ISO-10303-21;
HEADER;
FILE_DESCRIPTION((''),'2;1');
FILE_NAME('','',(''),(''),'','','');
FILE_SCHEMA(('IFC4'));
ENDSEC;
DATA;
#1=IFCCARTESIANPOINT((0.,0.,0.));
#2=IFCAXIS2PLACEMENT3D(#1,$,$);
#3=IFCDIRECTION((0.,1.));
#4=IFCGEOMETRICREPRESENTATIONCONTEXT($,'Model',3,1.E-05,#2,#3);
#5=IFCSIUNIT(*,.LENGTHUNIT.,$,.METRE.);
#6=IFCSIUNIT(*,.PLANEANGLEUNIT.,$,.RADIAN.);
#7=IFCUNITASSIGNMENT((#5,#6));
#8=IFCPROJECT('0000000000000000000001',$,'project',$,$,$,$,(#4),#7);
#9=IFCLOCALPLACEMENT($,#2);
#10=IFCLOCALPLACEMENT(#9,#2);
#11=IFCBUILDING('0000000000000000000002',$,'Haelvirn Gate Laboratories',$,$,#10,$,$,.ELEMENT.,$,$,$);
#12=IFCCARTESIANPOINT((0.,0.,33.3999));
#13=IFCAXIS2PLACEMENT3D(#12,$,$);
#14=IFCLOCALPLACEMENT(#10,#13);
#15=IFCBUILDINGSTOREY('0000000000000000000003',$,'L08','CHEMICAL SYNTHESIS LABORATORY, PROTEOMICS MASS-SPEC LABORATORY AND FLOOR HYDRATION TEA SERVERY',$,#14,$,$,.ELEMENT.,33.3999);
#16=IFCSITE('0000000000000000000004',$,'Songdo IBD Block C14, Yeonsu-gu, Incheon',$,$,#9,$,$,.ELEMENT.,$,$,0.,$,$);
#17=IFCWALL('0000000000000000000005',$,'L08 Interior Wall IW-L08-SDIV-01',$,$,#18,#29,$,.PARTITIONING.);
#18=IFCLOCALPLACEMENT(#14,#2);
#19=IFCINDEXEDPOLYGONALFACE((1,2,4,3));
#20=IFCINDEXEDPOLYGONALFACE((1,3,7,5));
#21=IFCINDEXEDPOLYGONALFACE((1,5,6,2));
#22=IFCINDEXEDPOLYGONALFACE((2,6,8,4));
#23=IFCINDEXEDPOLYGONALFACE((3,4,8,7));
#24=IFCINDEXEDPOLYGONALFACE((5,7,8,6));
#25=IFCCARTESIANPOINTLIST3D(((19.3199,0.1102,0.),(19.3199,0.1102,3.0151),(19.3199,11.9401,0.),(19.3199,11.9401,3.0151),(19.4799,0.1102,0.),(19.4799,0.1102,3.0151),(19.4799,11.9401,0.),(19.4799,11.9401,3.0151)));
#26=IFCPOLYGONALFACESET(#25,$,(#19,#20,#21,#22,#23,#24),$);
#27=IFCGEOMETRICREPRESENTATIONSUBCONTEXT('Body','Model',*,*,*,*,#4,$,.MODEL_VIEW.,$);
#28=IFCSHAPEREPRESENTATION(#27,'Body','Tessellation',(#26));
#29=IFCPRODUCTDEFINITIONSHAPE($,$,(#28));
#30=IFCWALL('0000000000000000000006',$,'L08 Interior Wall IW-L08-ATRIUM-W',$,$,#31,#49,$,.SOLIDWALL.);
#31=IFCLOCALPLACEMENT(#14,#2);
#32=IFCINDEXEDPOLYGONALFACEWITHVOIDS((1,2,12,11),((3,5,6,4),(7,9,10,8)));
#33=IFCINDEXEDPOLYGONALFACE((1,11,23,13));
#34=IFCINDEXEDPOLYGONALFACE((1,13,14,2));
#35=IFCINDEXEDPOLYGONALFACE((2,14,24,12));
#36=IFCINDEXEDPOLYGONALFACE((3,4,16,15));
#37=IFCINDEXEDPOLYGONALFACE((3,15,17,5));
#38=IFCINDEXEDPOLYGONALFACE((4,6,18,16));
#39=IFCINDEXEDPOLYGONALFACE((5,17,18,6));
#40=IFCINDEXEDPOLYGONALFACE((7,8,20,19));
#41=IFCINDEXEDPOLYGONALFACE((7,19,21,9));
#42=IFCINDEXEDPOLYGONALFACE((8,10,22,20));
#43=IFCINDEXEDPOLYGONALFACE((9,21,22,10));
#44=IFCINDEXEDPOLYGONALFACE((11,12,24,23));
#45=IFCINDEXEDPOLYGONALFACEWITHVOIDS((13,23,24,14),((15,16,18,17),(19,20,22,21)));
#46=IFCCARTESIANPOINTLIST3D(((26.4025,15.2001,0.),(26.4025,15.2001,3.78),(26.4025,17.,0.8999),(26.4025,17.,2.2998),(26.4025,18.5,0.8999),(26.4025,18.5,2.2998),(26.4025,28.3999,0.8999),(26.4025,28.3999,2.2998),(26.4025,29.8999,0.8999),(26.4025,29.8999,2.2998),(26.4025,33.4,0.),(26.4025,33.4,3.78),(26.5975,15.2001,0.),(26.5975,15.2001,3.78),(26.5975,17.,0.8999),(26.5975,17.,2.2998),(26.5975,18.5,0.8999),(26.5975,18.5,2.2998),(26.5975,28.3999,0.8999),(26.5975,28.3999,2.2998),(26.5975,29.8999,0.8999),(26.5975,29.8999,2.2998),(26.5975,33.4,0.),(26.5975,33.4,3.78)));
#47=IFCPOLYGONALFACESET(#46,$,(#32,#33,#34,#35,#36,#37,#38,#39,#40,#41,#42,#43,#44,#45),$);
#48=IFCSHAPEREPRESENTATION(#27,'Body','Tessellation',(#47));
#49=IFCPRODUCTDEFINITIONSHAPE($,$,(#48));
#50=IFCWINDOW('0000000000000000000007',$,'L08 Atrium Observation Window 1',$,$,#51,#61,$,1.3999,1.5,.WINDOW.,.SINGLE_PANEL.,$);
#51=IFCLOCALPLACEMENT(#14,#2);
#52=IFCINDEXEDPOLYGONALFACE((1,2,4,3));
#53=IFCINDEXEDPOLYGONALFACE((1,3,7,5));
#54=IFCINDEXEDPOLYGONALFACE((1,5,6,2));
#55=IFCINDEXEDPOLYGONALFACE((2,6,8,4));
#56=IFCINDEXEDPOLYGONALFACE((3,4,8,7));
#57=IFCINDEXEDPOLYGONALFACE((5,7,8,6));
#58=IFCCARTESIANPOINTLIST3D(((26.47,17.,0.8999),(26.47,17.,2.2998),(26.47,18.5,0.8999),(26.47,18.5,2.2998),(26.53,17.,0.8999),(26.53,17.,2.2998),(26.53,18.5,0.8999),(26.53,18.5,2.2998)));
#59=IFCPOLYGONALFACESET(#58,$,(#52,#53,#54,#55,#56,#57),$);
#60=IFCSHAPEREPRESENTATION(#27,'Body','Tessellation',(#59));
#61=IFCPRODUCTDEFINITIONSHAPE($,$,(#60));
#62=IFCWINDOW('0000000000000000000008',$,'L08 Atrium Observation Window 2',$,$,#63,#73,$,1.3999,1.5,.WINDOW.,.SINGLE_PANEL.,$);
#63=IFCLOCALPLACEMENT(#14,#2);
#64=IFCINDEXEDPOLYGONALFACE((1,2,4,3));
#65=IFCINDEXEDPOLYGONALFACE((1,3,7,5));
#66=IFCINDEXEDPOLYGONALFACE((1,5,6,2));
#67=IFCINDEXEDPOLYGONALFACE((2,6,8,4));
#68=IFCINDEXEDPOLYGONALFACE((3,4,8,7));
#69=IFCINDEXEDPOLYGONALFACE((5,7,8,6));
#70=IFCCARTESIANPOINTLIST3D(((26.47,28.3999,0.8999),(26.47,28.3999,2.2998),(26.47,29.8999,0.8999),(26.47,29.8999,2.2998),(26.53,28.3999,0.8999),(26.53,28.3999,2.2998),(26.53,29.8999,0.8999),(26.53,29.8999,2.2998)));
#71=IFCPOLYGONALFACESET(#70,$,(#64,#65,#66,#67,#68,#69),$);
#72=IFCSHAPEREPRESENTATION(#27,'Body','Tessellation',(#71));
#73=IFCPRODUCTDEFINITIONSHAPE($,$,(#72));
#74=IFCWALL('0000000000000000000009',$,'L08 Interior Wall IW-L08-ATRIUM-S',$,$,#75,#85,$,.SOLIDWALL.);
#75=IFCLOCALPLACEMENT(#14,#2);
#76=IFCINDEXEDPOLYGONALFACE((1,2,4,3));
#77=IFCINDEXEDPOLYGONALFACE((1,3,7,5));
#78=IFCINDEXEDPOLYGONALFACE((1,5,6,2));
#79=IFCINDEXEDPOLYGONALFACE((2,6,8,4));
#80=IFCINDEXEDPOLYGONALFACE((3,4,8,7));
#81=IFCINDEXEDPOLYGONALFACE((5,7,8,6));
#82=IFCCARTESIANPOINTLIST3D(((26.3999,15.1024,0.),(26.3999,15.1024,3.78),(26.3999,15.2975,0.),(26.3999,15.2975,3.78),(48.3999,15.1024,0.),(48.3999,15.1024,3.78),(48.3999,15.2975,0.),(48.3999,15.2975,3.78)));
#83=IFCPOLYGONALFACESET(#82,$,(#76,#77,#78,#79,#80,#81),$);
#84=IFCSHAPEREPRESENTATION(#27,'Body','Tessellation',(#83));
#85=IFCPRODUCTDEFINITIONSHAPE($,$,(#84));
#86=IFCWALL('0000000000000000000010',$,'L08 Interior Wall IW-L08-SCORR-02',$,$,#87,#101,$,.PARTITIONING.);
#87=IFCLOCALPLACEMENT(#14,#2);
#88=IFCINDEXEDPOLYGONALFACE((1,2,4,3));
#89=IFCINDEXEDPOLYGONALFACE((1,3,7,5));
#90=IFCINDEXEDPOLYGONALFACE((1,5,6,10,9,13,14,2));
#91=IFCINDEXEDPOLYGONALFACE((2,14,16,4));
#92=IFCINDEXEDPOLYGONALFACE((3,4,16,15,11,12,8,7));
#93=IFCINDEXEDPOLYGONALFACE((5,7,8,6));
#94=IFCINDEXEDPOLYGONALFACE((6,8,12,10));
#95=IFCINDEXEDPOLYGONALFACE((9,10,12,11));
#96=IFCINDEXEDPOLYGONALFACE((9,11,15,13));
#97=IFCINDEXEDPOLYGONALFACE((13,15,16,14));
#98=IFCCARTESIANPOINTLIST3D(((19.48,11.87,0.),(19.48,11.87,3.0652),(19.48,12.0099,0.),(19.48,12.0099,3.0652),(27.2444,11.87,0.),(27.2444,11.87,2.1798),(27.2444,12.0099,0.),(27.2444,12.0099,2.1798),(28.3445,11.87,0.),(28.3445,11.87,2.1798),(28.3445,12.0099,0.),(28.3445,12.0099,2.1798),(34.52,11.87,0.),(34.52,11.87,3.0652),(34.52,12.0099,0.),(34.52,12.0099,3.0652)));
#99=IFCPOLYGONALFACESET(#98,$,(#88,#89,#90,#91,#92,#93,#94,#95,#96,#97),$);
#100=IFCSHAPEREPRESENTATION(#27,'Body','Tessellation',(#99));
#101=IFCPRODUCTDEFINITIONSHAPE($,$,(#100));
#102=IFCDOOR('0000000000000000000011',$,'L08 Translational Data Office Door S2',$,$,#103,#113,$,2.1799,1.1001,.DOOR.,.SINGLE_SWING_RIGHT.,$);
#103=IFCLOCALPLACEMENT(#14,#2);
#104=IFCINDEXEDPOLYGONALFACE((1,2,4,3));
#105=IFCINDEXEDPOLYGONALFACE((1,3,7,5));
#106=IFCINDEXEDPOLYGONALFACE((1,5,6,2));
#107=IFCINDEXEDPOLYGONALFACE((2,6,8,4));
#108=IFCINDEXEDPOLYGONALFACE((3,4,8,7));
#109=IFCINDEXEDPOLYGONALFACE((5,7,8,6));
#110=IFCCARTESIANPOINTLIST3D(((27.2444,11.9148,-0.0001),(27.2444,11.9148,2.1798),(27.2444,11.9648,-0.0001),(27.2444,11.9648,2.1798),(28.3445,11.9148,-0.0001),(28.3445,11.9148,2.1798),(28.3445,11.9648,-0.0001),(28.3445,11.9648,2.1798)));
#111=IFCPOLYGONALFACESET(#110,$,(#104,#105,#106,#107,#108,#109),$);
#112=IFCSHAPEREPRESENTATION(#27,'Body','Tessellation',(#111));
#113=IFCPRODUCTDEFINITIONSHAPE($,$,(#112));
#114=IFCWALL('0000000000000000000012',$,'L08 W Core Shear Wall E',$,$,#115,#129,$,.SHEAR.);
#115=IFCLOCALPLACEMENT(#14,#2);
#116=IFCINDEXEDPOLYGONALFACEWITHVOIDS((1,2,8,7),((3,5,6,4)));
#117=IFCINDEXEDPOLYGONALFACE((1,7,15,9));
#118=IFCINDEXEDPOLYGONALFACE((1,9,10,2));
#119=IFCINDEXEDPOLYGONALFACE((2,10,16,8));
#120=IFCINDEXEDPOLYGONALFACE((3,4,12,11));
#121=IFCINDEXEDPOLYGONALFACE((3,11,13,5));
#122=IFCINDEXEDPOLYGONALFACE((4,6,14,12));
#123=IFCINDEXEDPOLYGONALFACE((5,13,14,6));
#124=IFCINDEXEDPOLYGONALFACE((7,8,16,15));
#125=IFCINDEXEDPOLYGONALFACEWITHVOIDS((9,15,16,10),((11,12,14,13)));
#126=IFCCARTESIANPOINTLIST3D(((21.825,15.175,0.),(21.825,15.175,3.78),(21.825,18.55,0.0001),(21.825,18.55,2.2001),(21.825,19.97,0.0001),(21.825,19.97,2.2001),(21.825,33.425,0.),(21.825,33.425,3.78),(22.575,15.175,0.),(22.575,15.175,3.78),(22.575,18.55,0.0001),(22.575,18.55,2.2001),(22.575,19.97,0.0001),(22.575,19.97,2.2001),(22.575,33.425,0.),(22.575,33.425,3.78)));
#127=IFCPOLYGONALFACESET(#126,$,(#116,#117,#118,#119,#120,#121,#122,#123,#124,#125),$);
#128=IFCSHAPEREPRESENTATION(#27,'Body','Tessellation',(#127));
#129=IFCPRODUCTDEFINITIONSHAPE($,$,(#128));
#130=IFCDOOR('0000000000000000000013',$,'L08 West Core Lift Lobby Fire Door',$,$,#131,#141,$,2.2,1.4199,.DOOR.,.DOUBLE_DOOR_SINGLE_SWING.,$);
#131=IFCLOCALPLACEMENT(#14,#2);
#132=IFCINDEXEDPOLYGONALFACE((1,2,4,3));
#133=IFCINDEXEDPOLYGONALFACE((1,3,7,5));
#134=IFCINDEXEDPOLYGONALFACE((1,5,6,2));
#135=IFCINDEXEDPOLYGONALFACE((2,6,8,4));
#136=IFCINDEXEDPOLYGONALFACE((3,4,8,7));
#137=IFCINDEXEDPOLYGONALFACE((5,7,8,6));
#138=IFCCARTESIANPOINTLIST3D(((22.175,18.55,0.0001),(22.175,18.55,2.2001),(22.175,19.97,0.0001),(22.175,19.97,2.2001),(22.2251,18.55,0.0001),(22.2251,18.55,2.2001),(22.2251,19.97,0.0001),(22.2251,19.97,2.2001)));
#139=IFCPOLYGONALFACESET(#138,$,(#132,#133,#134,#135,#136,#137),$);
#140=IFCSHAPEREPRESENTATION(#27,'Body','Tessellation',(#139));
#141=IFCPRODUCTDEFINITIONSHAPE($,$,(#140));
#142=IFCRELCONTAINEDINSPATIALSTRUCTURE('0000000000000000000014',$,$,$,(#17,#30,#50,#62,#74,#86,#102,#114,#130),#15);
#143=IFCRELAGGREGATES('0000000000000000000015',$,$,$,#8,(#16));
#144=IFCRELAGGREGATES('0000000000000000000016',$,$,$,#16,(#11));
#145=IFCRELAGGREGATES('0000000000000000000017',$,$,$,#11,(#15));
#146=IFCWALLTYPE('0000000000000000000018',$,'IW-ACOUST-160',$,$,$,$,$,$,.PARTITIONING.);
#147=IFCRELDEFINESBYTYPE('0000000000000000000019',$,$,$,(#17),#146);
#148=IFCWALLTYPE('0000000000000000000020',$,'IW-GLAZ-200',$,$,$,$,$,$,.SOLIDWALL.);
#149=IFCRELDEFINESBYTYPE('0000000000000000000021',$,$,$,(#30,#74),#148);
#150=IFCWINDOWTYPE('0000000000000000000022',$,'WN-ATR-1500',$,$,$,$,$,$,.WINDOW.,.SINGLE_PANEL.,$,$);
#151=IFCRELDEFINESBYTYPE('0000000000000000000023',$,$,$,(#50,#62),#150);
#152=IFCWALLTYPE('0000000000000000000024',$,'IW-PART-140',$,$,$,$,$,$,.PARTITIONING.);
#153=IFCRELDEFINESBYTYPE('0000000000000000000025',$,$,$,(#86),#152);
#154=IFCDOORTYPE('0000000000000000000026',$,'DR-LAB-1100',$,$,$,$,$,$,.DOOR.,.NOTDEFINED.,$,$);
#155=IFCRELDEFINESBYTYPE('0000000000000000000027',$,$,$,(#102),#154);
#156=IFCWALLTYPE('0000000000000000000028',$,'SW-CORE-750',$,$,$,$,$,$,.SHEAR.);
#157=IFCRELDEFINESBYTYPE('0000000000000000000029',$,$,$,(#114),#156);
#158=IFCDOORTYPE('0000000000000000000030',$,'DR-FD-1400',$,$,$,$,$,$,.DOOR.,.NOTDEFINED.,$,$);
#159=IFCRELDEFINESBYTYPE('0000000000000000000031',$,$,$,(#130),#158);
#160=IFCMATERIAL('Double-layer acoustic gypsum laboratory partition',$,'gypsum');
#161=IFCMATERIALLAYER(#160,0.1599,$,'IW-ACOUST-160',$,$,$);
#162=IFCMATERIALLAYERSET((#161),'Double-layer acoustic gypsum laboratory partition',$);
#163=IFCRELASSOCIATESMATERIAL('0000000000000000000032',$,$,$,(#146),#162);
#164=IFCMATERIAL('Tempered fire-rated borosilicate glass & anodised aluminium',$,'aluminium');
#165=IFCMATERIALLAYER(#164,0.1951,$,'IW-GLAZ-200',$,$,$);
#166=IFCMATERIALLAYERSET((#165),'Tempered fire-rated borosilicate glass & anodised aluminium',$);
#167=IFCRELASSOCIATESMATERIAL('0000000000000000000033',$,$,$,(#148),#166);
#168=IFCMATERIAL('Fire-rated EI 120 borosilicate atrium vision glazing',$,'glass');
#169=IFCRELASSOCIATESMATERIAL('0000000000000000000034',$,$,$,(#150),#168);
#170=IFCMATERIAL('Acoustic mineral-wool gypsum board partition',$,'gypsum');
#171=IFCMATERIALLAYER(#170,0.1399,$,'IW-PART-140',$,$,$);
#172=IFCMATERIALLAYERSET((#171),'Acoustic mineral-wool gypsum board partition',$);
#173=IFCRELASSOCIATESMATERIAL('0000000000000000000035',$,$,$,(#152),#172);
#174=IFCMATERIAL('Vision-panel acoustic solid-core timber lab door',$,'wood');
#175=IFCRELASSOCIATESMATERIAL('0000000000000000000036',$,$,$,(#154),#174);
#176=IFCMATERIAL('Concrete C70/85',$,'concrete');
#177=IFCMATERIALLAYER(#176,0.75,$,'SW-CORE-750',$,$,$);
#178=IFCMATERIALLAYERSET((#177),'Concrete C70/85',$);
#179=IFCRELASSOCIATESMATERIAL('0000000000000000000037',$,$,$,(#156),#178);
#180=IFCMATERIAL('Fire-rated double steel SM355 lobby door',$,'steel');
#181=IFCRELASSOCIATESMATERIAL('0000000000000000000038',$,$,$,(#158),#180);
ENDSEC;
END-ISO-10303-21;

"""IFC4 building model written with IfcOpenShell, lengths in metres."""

from ifc_helpers import new_model, si_unit, direction, frame, frame_2d, origin, place, context, subcontext, project, spatial, rectangle, extrude, source, transform, mapped, material, layer, layer_set, type_object, type_shapes, element, fill, save


model = new_model("IFC4")

# Units and contexts
model_context = context("Model", 3, precision=1e-05, world=origin(), true_north=direction((0.0, 1.0)))
body_context = subcontext(model_context, "Body", "Model", "MODEL_VIEW")
ifc_project = project(units=[si_unit("LENGTHUNIT", "METRE"), si_unit("PLANEANGLEUNIT", "RADIAN")], contexts=[model_context])

# Site, building, storey
site_placement = place(None, origin())
site = spatial("IfcSite", under=ifc_project, at=site_placement, Name="Songdo IBD Block C14, Yeonsu-gu, Incheon", CompositionType="ELEMENT", RefElevation=0.0)
building_placement = place(site_placement, origin())
building = spatial("IfcBuilding", under=site, at=building_placement, Name="Haelvirn Gate Laboratories", CompositionType="ELEMENT")
storey_placement = place(building_placement, frame((0.0, 0.0, 33.3999)))
storey = spatial("IfcBuildingStorey", under=building, at=storey_placement, Name="L08", Description="CHEMICAL SYNTHESIS LABORATORY, PROTEOMICS MASS-SPEC LABORATORY AND FLOOR HYDRATION TEA SERVERY", CompositionType="ELEMENT", Elevation=33.3999)

# Shared definitions
ifc_material_1 = material(Name="Concrete C70/85", Category="concrete")

# Wall
ifc_material_2 = material(Name="Double-layer acoustic gypsum laboratory partition", Category="gypsum")
ifc_layer_1 = layer(ifc_material_2, 0.1599, Name="IW-ACOUST-160")
ifc_layer_set_1 = layer_set([ifc_layer_1], Name="Double-layer acoustic gypsum laboratory partition")
wall_type_1 = type_object("IfcWallType", Name="IW-ACOUST-160", PredefinedType="PARTITIONING", material=ifc_layer_set_1)
wall_1_placement = place(storey_placement, frame((19.3999, 0.1101, 0.0), z_axis=(0.0, 0.0, 1.0), x_axis=(0.0, 1.0, 0.0)))
element("IfcWall", 1, at=wall_1_placement, inside=storey, type_object=wall_type_1, Name="L08 Interior Wall IW-L08-SDIV-01", PredefinedType="PARTITIONING", context=body_context, shape_type="SweptSolid", body=[
    extrude(rectangle(XDim=11.8298, YDim=0.1599, at=frame_2d((5.915, 0.0))), origin(), (0.0, 0.0, 1.0), 3.0151),
])

# Wall, openings, windows
ifc_material_3 = material(Name="Tempered fire-rated borosilicate glass & anodised aluminium", Category="aluminium")
ifc_layer_2 = layer(ifc_material_3, 0.1951, Name="IW-GLAZ-200")
ifc_layer_set_2 = layer_set([ifc_layer_2], Name="Tempered fire-rated borosilicate glass & anodised aluminium")
wall_type_2 = type_object("IfcWallType", Name="IW-GLAZ-200", PredefinedType="SOLIDWALL", material=ifc_layer_set_2)
wall_2_placement = place(storey_placement, frame((26.5, 15.2, 0.0), z_axis=(0.0, 0.0, 1.0), x_axis=(0.0, 1.0, 0.0)))
wall_2 = element("IfcWall", 2, at=wall_2_placement, inside=storey, type_object=wall_type_2, Name="L08 Interior Wall IW-L08-ATRIUM-W", PredefinedType="SOLIDWALL", context=body_context, shape_type="SweptSolid", body=[
    extrude(rectangle(XDim=18.2, YDim=0.1951, at=frame_2d((9.1001, 0.0))), origin(), (0.0, 0.0, 1.0), 3.78),
])
opening_1_placement = place(wall_2_placement, frame((1.8, 0.0, 0.8999)))
opening_1 = element("IfcOpeningElement", 3, at=opening_1_placement, cuts=wall_2, PredefinedType="OPENING", context=body_context, shape_type="SweptSolid", body=[
    extrude(rectangle(XDim=1.5, YDim=1.3999, at=frame_2d((0.75, 0.7))), frame((0.0, 0.1074, 0.0), z_axis=(0.0, -1.0, 0.0), x_axis=(1.0, 0.0, 0.0)), (0.0, 0.0, 1.0), 0.2151),
])
opening_2_placement = place(wall_2_placement, frame((13.2, 0.0, 0.8999)))
opening_2 = element("IfcOpeningElement", 4, at=opening_2_placement, cuts=wall_2, PredefinedType="OPENING", context=body_context, shape_type="SweptSolid", body=[
    extrude(rectangle(XDim=1.5, YDim=1.3999, at=frame_2d((0.75, 0.7))), frame((0.0, 0.1074, 0.0), z_axis=(0.0, -1.0, 0.0), x_axis=(1.0, 0.0, 0.0)), (0.0, 0.0, 1.0), 0.2151),
])
ifc_material_4 = material(Name="Fire-rated EI 120 borosilicate atrium vision glazing", Category="glass")
window_type = type_object("IfcWindowType", Name="WN-ATR-1500", PartitioningType="SINGLE_PANEL", PredefinedType="WINDOW", material=ifc_material_4)
shared_shape_1 = source(origin(), body_context, "Body", "SweptSolid", [
    extrude(rectangle(XDim=1.5, YDim=1.3999, at=frame_2d((0.75, 0.7))), frame((0.0, 0.03, 0.0), z_axis=(0.0, -1.0, 0.0), x_axis=(1.0, 0.0, 0.0)), (0.0, 0.0, 1.0), 0.0601),
])
type_shapes(window_type, [shared_shape_1])
window_1_placement = place(opening_1_placement, origin())
window_1 = element("IfcWindow", 5, at=window_1_placement, inside=storey, type_object=window_type, Name="L08 Atrium Observation Window 1", OverallHeight=1.3999, OverallWidth=1.5, PartitioningType="SINGLE_PANEL", PredefinedType="WINDOW", context=body_context, shape_type="MappedRepresentation", body=[
    mapped(shared_shape_1, transform((0.0, 0.0, 0.0), scale=1.0)),
])
fill(opening_1, window_1)
window_2_placement = place(opening_2_placement, origin())
window_2 = element("IfcWindow", 6, at=window_2_placement, inside=storey, type_object=window_type, Name="L08 Atrium Observation Window 2", OverallHeight=1.3999, OverallWidth=1.5, PartitioningType="SINGLE_PANEL", PredefinedType="WINDOW", context=body_context, shape_type="MappedRepresentation", body=[
    mapped(shared_shape_1, transform((0.0, 0.0, 0.0), scale=1.0)),
])
fill(opening_2, window_2)

# Wall
wall_3_placement = place(storey_placement, frame((26.3999, 15.2, 0.0), z_axis=(0.0, 0.0, 1.0), x_axis=(1.0, 0.0, 0.0)))
element("IfcWall", 7, at=wall_3_placement, inside=storey, type_object=wall_type_2, Name="L08 Interior Wall IW-L08-ATRIUM-S", PredefinedType="SOLIDWALL", context=body_context, shape_type="SweptSolid", body=[
    extrude(rectangle(XDim=22.0, YDim=0.1951, at=frame_2d((11.0, 0.0))), origin(), (0.0, 0.0, 1.0), 3.78),
])

# Walls, openings, doors
ifc_material_5 = material(Name="Acoustic mineral-wool gypsum board partition", Category="gypsum")
ifc_layer_3 = layer(ifc_material_5, 0.1399, Name="IW-PART-140")
ifc_layer_set_3 = layer_set([ifc_layer_3], Name="Acoustic mineral-wool gypsum board partition")
wall_type_3 = type_object("IfcWallType", Name="IW-PART-140", PredefinedType="PARTITIONING", material=ifc_layer_set_3)
wall_4_placement = place(storey_placement, frame((19.48, 11.9399, 0.0), z_axis=(0.0, 0.0, 1.0), x_axis=(1.0, 0.0, 0.0)))
wall_4 = element("IfcWall", 8, at=wall_4_placement, inside=storey, type_object=wall_type_3, Name="L08 Interior Wall IW-L08-SCORR-02", PredefinedType="PARTITIONING", context=body_context, shape_type="SweptSolid", body=[
    extrude(rectangle(XDim=15.04, YDim=0.1399, at=frame_2d((7.52, 0.0))), origin(), (0.0, 0.0, 1.0), 3.0652),
])
opening_3_placement = place(wall_4_placement, frame((7.7644, 0.0, 0.0)))
opening_3 = element("IfcOpeningElement", 9, at=opening_3_placement, cuts=wall_4, PredefinedType="OPENING", context=body_context, shape_type="SweptSolid", body=[
    extrude(rectangle(XDim=1.1001, YDim=2.1799, at=frame_2d((0.55, 1.0898))), frame((0.0, 0.0801, 0.0), z_axis=(0.0, -1.0, 0.0), x_axis=(1.0, 0.0, 0.0)), (0.0, 0.0, 1.0), 0.1599),
])
ifc_material_6 = material(Name="Vision-panel acoustic solid-core timber lab door", Category="wood")
door_type_1 = type_object("IfcDoorType", Name="DR-LAB-1100", OperationType="NOTDEFINED", PredefinedType="DOOR", material=ifc_material_6)
shared_shape_2 = source(origin(), body_context, "Body", "SweptSolid", [
    extrude(rectangle(XDim=1.1001, YDim=2.1799, at=frame_2d((0.55, 1.0898))), frame((0.0, 0.0249, 0.0), z_axis=(0.0, -1.0, 0.0), x_axis=(1.0, 0.0, 0.0)), (0.0, 0.0, 1.0), 0.05),
])
type_shapes(door_type_1, [shared_shape_2])
door_1_placement = place(opening_3_placement, origin())
door_1 = element("IfcDoor", 10, at=door_1_placement, inside=storey, type_object=door_type_1, Name="L08 Translational Data Office Door S2", OperationType="SINGLE_SWING_RIGHT", OverallHeight=2.1799, OverallWidth=1.1001, PredefinedType="DOOR", context=body_context, shape_type="MappedRepresentation", body=[
    mapped(shared_shape_2, transform((0.0, 0.0, 0.0), scale=1.0)),
])
fill(opening_3, door_1)
ifc_layer_4 = layer(ifc_material_1, 0.75, Name="SW-CORE-750")
ifc_layer_set_4 = layer_set([ifc_layer_4], Name="Concrete C70/85")
wall_type_4 = type_object("IfcWallType", Name="SW-CORE-750", PredefinedType="SHEAR", material=ifc_layer_set_4)
wall_5_placement = place(storey_placement, frame((22.2, 15.175, 0.0), z_axis=(0.0, 0.0, 1.0), x_axis=(0.0, 1.0, 0.0)))
wall_5 = element("IfcWall", 11, at=wall_5_placement, inside=storey, type_object=wall_type_4, Name="L08 W Core Shear Wall E", PredefinedType="SHEAR", context=body_context, shape_type="SweptSolid", body=[
    extrude(rectangle(XDim=18.25, YDim=0.75, at=frame_2d((9.125, 0.0))), origin(), (0.0, 0.0, 1.0), 3.78),
])
opening_4_placement = place(wall_5_placement, frame((3.375, 0.0, 0.0)))
opening_4 = element("IfcOpeningElement", 12, at=opening_4_placement, cuts=wall_5, PredefinedType="OPENING", context=body_context, shape_type="SweptSolid", body=[
    extrude(rectangle(XDim=1.4199, YDim=2.2, at=frame_2d((0.71, 1.1001))), frame((0.0, 0.385, 0.0), z_axis=(0.0, -1.0, 0.0), x_axis=(1.0, 0.0, 0.0)), (0.0, 0.0, 1.0), 0.77),
])
ifc_material_7 = material(Name="Fire-rated double steel SM355 lobby door", Category="steel")
door_type_2 = type_object("IfcDoorType", Name="DR-FD-1400", OperationType="NOTDEFINED", PredefinedType="DOOR", material=ifc_material_7)
shared_shape_3 = source(origin(), body_context, "Body", "SweptSolid", [
    extrude(rectangle(XDim=1.4199, YDim=2.2, at=frame_2d((0.71, 1.1001))), frame((0.0, 0.0249, 0.0), z_axis=(0.0, -1.0, 0.0), x_axis=(1.0, 0.0, 0.0)), (0.0, 0.0, 1.0), 0.05),
])
type_shapes(door_type_2, [shared_shape_3])
door_2_placement = place(opening_4_placement, origin())
door_2 = element("IfcDoor", 13, at=door_2_placement, inside=storey, type_object=door_type_2, Name="L08 West Core Lift Lobby Fire Door", OperationType="DOUBLE_DOOR_SINGLE_SWING", OverallHeight=2.2, OverallWidth=1.4199, PredefinedType="DOOR", context=body_context, shape_type="MappedRepresentation", body=[
    mapped(shared_shape_3, transform((0.0, 0.0, 0.0), scale=1.0)),
])
fill(opening_4, door_2)

save(model, "model.ifc")
